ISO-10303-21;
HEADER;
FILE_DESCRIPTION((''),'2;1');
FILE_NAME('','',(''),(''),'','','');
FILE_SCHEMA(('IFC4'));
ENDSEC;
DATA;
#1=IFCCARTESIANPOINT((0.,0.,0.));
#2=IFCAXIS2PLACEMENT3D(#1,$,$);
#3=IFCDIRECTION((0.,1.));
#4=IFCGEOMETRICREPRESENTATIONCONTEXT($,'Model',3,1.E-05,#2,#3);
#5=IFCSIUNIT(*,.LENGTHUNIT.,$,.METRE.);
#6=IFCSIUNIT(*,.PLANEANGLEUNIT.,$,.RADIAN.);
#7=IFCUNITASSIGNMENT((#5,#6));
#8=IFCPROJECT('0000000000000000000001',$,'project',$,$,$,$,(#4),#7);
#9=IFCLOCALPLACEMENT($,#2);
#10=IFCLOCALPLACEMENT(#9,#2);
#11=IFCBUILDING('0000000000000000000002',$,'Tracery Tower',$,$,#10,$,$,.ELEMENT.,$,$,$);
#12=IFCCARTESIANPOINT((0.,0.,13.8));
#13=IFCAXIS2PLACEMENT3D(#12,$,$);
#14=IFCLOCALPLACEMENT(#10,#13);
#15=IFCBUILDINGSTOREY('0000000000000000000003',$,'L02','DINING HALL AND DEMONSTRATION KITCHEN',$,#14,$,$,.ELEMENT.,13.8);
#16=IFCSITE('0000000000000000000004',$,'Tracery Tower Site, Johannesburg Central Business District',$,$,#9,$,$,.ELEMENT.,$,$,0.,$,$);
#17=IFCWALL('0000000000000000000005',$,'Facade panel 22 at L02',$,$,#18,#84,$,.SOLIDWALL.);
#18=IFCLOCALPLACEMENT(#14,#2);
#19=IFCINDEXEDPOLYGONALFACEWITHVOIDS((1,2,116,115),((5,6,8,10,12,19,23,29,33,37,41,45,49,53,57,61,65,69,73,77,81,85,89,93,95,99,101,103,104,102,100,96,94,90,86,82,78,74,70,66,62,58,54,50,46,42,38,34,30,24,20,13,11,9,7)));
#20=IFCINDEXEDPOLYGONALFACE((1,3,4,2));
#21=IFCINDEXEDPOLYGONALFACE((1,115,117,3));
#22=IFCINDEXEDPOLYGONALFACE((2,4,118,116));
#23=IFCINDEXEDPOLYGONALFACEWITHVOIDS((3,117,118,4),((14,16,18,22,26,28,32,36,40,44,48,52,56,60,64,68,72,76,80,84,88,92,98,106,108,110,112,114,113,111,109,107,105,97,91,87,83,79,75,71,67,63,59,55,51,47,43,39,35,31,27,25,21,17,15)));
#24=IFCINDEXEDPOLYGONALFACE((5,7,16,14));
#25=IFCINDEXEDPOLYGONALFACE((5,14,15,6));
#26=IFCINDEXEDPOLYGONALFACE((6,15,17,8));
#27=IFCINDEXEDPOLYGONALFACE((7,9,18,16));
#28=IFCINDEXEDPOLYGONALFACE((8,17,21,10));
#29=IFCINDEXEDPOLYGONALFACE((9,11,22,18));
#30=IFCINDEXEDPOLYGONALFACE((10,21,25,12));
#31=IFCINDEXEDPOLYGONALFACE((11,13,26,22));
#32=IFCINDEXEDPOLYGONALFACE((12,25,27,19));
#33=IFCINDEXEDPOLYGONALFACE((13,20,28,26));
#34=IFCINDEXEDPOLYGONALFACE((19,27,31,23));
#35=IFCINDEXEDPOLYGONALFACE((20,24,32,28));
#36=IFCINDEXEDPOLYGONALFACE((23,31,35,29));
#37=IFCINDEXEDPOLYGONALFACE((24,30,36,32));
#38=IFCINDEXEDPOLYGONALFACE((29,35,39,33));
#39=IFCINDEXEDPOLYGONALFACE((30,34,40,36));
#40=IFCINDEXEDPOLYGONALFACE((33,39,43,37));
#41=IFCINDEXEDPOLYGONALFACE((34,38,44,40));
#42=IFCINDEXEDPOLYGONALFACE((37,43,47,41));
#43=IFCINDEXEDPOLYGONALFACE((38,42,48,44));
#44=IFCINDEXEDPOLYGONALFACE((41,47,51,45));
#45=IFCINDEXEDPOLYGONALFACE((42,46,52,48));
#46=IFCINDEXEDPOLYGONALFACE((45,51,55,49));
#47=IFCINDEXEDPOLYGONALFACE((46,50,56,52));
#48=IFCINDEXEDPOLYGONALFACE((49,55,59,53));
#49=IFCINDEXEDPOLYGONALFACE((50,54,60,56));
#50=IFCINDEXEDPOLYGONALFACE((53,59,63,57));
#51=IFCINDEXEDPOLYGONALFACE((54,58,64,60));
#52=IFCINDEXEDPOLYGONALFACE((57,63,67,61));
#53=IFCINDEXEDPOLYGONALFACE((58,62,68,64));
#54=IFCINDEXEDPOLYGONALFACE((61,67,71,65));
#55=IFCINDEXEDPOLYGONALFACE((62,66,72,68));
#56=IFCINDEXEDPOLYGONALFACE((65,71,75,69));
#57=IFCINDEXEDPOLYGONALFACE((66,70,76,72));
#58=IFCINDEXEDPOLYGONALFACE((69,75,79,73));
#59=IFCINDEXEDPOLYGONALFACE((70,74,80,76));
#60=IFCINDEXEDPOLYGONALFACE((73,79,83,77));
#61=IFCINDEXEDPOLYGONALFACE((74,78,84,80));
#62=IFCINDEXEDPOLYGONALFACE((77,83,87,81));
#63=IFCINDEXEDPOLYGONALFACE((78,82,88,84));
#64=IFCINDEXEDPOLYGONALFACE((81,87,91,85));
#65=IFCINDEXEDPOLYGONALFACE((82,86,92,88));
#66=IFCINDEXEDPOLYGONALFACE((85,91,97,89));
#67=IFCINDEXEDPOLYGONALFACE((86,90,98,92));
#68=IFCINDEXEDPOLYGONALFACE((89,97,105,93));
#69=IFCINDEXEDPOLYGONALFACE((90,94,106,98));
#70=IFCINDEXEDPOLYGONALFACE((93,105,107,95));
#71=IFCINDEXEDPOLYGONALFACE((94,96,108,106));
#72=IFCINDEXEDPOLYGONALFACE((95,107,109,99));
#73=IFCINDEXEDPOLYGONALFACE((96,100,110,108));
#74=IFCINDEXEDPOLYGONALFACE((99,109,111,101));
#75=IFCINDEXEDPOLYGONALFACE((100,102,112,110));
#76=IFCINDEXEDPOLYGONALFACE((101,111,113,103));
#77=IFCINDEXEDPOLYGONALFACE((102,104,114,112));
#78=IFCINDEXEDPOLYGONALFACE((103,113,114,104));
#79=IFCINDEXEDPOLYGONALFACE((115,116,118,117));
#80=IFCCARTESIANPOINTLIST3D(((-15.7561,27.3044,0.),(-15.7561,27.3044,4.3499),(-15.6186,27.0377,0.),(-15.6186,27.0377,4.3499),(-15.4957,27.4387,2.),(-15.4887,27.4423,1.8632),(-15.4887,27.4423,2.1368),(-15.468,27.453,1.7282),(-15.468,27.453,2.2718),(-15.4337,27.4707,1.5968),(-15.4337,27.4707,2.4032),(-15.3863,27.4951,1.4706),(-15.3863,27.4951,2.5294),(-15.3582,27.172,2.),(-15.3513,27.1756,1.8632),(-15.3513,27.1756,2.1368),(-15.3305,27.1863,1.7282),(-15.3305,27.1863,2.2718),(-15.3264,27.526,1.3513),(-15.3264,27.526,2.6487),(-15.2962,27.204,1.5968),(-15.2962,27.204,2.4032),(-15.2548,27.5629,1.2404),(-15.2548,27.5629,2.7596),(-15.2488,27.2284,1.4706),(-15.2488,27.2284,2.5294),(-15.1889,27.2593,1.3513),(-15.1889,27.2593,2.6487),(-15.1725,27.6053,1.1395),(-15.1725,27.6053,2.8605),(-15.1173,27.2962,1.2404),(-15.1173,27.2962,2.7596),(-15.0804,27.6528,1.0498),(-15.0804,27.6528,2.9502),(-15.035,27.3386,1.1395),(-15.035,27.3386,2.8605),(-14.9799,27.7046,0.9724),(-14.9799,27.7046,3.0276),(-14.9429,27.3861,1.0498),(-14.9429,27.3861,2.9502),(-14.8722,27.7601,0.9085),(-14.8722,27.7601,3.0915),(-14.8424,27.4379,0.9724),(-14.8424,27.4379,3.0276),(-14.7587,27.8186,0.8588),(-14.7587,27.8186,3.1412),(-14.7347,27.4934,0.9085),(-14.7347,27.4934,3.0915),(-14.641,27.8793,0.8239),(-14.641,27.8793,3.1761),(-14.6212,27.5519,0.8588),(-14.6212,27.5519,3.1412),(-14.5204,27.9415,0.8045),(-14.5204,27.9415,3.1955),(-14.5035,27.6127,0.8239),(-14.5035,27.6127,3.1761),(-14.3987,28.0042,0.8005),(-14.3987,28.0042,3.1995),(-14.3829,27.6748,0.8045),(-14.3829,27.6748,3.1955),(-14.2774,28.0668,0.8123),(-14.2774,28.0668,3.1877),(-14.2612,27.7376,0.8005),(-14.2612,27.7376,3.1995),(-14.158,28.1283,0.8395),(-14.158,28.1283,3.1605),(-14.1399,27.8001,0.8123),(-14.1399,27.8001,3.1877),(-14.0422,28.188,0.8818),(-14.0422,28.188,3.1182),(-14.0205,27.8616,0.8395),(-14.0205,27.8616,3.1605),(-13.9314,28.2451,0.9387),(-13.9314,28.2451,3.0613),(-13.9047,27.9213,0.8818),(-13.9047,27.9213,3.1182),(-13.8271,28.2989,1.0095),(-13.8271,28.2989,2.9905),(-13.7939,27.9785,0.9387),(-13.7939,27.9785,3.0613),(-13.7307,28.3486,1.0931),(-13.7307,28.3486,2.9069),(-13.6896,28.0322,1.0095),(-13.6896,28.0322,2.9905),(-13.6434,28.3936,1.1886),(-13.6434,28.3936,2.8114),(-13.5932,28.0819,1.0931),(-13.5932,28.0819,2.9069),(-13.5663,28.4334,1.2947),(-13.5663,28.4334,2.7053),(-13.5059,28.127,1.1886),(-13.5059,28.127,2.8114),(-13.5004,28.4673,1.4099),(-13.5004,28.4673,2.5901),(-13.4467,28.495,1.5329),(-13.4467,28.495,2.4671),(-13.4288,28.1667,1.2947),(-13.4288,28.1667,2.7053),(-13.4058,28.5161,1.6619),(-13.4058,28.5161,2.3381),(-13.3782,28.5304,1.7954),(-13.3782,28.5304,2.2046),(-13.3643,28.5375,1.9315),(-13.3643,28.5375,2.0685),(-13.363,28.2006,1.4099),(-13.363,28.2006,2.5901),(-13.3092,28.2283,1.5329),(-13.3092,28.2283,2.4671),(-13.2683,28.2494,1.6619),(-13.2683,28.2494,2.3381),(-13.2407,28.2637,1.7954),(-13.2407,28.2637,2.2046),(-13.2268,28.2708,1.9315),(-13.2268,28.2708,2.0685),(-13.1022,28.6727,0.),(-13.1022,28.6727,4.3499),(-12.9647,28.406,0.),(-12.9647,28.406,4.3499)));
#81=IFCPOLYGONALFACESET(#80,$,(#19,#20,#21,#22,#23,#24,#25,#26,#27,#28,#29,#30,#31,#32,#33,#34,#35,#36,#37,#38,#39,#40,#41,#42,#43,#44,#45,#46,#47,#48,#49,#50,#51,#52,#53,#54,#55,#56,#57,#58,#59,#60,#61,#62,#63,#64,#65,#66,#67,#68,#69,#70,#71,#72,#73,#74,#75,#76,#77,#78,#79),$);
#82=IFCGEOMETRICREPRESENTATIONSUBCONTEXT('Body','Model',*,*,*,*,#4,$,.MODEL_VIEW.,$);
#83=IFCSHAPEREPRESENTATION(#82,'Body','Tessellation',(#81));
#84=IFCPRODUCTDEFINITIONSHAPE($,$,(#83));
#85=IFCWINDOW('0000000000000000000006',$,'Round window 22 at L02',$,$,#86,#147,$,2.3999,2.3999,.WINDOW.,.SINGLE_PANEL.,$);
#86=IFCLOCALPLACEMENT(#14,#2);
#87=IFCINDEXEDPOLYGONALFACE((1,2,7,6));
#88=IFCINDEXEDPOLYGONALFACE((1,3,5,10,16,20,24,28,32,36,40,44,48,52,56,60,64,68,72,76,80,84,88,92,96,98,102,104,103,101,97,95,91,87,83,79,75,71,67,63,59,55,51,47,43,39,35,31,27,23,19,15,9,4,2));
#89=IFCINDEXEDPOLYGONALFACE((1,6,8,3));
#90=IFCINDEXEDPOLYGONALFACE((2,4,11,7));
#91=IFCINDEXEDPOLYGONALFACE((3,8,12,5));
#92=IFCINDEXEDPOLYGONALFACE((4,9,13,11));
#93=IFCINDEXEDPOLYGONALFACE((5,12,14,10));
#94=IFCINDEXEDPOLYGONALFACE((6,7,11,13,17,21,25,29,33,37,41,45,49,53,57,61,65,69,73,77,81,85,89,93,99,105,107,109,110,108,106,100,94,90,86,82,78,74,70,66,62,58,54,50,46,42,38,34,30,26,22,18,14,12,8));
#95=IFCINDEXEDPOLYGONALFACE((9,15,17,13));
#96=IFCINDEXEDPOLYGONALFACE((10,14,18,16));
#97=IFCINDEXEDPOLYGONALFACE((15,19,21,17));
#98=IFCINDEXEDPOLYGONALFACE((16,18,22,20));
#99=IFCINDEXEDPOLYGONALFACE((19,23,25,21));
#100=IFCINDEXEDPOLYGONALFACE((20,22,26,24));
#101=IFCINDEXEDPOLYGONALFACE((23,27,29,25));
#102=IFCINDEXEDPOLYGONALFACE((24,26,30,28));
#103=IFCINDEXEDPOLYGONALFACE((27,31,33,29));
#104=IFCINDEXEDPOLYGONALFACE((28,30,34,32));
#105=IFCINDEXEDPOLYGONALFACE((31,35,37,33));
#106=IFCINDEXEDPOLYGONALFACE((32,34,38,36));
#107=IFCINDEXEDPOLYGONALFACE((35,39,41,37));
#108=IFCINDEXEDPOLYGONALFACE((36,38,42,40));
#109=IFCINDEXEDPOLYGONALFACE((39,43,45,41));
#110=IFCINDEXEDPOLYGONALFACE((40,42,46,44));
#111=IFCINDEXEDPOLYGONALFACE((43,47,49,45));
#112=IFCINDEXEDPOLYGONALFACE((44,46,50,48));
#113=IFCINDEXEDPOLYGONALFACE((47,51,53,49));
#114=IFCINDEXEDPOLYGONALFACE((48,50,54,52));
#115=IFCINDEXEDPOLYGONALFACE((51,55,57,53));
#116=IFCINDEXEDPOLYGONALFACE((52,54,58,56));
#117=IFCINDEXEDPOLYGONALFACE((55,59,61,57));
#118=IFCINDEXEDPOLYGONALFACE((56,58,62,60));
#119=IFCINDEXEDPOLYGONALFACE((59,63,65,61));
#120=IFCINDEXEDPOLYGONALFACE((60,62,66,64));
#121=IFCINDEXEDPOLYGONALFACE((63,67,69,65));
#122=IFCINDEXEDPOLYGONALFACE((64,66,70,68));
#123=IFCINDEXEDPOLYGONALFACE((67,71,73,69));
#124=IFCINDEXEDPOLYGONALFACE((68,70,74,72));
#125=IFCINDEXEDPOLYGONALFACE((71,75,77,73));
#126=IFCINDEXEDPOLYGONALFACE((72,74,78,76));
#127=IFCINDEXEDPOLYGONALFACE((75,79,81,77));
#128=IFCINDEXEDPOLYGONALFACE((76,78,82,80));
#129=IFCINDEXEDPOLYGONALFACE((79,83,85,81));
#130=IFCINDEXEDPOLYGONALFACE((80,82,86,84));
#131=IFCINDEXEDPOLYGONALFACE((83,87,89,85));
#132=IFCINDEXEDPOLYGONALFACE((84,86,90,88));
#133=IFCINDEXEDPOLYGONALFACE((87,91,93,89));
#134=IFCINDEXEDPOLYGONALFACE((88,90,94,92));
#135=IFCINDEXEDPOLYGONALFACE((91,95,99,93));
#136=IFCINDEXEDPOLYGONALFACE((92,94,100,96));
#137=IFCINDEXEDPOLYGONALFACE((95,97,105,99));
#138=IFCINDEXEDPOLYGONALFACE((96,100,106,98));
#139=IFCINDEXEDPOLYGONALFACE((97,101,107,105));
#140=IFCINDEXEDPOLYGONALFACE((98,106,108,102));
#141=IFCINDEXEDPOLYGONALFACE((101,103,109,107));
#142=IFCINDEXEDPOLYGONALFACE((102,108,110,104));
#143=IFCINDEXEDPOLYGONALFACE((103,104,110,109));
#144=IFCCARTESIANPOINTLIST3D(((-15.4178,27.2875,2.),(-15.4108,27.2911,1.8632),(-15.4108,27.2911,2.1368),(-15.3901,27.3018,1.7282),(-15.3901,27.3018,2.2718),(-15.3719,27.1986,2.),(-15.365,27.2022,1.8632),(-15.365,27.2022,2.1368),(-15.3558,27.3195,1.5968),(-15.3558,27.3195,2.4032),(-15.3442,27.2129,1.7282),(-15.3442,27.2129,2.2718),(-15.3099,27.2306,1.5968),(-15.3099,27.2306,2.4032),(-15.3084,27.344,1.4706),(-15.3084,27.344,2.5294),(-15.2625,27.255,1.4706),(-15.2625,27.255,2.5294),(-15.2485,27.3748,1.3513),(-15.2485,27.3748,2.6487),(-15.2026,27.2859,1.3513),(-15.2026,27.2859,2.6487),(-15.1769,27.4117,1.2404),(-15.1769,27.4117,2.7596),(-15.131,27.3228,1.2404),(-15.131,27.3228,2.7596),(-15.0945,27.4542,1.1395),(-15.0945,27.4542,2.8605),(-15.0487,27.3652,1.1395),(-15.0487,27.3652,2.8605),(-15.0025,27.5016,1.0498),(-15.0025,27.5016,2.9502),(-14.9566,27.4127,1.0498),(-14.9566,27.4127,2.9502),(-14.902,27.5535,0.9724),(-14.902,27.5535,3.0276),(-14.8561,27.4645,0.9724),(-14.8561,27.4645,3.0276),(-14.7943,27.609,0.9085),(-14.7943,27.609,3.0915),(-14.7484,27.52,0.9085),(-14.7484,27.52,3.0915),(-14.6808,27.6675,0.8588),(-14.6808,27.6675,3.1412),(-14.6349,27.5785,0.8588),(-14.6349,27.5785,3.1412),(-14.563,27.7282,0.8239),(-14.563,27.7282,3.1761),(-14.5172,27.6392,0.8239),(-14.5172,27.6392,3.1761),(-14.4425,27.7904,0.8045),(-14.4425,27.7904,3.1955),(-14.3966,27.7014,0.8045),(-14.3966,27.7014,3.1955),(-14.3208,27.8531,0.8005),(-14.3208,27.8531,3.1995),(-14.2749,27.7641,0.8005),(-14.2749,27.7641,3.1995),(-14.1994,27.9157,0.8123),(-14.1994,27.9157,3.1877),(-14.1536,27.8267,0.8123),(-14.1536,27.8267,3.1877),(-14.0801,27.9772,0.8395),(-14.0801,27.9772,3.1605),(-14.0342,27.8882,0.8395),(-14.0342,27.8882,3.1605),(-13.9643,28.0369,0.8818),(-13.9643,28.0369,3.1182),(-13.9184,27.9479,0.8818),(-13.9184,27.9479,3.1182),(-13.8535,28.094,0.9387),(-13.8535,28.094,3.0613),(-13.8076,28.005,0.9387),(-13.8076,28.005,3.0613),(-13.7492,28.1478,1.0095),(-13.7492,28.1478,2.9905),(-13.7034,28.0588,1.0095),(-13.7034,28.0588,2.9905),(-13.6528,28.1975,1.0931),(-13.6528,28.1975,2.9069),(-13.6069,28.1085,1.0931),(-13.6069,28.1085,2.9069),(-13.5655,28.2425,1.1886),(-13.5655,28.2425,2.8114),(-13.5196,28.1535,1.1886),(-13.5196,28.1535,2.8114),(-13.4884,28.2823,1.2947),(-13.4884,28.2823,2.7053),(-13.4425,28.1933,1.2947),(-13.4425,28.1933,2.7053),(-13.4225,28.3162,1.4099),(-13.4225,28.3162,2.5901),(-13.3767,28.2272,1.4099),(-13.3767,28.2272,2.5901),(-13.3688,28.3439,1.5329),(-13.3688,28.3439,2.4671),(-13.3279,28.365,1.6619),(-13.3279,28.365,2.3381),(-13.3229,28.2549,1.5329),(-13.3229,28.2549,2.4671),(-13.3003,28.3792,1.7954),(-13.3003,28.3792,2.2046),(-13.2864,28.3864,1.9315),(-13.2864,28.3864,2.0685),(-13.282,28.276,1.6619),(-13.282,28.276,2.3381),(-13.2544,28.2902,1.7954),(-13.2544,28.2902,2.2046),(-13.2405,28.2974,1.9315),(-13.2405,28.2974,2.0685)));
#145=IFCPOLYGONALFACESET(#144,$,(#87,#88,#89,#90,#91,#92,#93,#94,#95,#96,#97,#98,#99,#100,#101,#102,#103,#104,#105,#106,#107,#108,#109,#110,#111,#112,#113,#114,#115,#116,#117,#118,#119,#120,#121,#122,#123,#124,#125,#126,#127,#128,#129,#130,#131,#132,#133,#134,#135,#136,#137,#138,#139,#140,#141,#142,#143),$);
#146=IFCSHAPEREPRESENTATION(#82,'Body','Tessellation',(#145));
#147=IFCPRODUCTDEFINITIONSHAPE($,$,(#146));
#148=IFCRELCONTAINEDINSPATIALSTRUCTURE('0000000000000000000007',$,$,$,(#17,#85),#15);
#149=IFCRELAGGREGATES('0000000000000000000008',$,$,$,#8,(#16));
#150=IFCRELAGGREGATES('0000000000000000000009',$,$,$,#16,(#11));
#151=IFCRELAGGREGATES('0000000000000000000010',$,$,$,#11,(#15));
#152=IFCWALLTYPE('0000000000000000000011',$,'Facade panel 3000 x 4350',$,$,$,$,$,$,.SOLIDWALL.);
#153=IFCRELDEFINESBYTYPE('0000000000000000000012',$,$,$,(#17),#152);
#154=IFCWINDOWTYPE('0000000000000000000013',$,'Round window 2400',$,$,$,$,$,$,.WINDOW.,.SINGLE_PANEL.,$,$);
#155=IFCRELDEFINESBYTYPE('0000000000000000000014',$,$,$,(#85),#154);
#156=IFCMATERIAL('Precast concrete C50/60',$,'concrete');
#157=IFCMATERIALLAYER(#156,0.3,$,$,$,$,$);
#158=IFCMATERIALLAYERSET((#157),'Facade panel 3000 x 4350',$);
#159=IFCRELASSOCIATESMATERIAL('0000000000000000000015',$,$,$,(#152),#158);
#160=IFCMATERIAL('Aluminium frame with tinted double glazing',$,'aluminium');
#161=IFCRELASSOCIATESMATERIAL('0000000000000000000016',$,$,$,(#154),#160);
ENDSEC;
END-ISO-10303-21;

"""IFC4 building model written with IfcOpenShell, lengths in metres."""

from ifc_helpers import new_model, si_unit, direction, frame, frame_2d, origin, origin_2d, place, context, subcontext, project, spatial, rectangle, circle, extrude, material, layer, layer_set, type_object, element, fill, save


model = new_model("IFC4")

# Units and contexts
model_context = context("Model", 3, precision=1e-05, world=origin(), true_north=direction((0.0, 1.0)))
body_context = subcontext(model_context, "Body", "Model", "MODEL_VIEW")
ifc_project = project(units=[si_unit("LENGTHUNIT", "METRE"), si_unit("PLANEANGLEUNIT", "RADIAN")], contexts=[model_context])

# Site, building, storey
site_placement = place(None, origin())
site = spatial("IfcSite", under=ifc_project, at=site_placement, Name="Tracery Tower Site, Johannesburg Central Business District", CompositionType="ELEMENT", RefElevation=0.0)
building_placement = place(site_placement, origin())
building = spatial("IfcBuilding", under=site, at=building_placement, Name="Tracery Tower", CompositionType="ELEMENT")
storey_placement = place(building_placement, frame((0.0, 0.0, 13.8)))
storey = spatial("IfcBuildingStorey", under=building, at=storey_placement, Name="L02", Description="DINING HALL AND DEMONSTRATION KITCHEN", CompositionType="ELEMENT", Elevation=13.8)

# Wall, opening, window
ifc_material_1 = material(Name="Precast concrete C50/60", Category="concrete")
ifc_layer_1 = layer(ifc_material_1, 0.3)
ifc_layer_set_1 = layer_set([ifc_layer_1], Name="Facade panel 3000 x 4350")
wall_type_1 = type_object("IfcWallType", Name="Facade panel 3000 x 4350", PredefinedType="SOLIDWALL", material=ifc_layer_set_1)
ifc_material_2 = material(Name="Aluminium frame with tinted double glazing", Category="aluminium")
window_type = type_object("IfcWindowType", Name="Round window 2400", PartitioningType="SINGLE_PANEL", PredefinedType="WINDOW", material=ifc_material_2)
wall_1_placement = place(storey_placement, frame((-13.0334, 28.5393, 0.0), z_axis=(0.0, 0.0, 1.0), x_axis=(-0.888831, -0.458235, 0.0)))
wall_1 = element("IfcWall", 1, at=wall_1_placement, inside=storey, type_object=wall_type_1, Name="Facade panel 22 at L02", PredefinedType="SOLIDWALL", context=body_context, shape_type="SweptSolid", body=[
    extrude(rectangle(XDim=2.9858, YDim=0.3, at=frame_2d((1.4929, 0.0))), origin(), (0.0, 0.0, 1.0), 4.3499),
])
opening_1_placement = place(wall_1_placement, frame((1.4929, 0.0, 2.0)))
opening_1 = element("IfcOpeningElement", 2, at=opening_1_placement, cuts=wall_1, PredefinedType="OPENING", context=body_context, shape_type="SweptSolid", body=[
    extrude(circle(Radius=1.2, at=origin_2d()), frame((0.0, 0.1599, 0.0), z_axis=(0.0, -1.0, 0.0), x_axis=(1.0, 0.0, 0.0)), (0.0, 0.0, 1.0), 0.3201),
])
window_1_placement = place(opening_1_placement, origin())
window_1 = element("IfcWindow", 3, at=window_1_placement, inside=storey, type_object=window_type, Name="Round window 22 at L02", OverallHeight=2.3999, OverallWidth=2.3999, PartitioningType="SINGLE_PANEL", PredefinedType="WINDOW", context=body_context, shape_type="SweptSolid", body=[
    extrude(circle(Radius=1.2, at=origin_2d()), frame((0.0, 0.1201, 0.0), z_axis=(0.0, -1.0, 0.0), x_axis=(1.0, 0.0, 0.0)), (0.0, 0.0, 1.0), 0.1001),
])
fill(opening_1, window_1)

save(model, "model.ifc")
